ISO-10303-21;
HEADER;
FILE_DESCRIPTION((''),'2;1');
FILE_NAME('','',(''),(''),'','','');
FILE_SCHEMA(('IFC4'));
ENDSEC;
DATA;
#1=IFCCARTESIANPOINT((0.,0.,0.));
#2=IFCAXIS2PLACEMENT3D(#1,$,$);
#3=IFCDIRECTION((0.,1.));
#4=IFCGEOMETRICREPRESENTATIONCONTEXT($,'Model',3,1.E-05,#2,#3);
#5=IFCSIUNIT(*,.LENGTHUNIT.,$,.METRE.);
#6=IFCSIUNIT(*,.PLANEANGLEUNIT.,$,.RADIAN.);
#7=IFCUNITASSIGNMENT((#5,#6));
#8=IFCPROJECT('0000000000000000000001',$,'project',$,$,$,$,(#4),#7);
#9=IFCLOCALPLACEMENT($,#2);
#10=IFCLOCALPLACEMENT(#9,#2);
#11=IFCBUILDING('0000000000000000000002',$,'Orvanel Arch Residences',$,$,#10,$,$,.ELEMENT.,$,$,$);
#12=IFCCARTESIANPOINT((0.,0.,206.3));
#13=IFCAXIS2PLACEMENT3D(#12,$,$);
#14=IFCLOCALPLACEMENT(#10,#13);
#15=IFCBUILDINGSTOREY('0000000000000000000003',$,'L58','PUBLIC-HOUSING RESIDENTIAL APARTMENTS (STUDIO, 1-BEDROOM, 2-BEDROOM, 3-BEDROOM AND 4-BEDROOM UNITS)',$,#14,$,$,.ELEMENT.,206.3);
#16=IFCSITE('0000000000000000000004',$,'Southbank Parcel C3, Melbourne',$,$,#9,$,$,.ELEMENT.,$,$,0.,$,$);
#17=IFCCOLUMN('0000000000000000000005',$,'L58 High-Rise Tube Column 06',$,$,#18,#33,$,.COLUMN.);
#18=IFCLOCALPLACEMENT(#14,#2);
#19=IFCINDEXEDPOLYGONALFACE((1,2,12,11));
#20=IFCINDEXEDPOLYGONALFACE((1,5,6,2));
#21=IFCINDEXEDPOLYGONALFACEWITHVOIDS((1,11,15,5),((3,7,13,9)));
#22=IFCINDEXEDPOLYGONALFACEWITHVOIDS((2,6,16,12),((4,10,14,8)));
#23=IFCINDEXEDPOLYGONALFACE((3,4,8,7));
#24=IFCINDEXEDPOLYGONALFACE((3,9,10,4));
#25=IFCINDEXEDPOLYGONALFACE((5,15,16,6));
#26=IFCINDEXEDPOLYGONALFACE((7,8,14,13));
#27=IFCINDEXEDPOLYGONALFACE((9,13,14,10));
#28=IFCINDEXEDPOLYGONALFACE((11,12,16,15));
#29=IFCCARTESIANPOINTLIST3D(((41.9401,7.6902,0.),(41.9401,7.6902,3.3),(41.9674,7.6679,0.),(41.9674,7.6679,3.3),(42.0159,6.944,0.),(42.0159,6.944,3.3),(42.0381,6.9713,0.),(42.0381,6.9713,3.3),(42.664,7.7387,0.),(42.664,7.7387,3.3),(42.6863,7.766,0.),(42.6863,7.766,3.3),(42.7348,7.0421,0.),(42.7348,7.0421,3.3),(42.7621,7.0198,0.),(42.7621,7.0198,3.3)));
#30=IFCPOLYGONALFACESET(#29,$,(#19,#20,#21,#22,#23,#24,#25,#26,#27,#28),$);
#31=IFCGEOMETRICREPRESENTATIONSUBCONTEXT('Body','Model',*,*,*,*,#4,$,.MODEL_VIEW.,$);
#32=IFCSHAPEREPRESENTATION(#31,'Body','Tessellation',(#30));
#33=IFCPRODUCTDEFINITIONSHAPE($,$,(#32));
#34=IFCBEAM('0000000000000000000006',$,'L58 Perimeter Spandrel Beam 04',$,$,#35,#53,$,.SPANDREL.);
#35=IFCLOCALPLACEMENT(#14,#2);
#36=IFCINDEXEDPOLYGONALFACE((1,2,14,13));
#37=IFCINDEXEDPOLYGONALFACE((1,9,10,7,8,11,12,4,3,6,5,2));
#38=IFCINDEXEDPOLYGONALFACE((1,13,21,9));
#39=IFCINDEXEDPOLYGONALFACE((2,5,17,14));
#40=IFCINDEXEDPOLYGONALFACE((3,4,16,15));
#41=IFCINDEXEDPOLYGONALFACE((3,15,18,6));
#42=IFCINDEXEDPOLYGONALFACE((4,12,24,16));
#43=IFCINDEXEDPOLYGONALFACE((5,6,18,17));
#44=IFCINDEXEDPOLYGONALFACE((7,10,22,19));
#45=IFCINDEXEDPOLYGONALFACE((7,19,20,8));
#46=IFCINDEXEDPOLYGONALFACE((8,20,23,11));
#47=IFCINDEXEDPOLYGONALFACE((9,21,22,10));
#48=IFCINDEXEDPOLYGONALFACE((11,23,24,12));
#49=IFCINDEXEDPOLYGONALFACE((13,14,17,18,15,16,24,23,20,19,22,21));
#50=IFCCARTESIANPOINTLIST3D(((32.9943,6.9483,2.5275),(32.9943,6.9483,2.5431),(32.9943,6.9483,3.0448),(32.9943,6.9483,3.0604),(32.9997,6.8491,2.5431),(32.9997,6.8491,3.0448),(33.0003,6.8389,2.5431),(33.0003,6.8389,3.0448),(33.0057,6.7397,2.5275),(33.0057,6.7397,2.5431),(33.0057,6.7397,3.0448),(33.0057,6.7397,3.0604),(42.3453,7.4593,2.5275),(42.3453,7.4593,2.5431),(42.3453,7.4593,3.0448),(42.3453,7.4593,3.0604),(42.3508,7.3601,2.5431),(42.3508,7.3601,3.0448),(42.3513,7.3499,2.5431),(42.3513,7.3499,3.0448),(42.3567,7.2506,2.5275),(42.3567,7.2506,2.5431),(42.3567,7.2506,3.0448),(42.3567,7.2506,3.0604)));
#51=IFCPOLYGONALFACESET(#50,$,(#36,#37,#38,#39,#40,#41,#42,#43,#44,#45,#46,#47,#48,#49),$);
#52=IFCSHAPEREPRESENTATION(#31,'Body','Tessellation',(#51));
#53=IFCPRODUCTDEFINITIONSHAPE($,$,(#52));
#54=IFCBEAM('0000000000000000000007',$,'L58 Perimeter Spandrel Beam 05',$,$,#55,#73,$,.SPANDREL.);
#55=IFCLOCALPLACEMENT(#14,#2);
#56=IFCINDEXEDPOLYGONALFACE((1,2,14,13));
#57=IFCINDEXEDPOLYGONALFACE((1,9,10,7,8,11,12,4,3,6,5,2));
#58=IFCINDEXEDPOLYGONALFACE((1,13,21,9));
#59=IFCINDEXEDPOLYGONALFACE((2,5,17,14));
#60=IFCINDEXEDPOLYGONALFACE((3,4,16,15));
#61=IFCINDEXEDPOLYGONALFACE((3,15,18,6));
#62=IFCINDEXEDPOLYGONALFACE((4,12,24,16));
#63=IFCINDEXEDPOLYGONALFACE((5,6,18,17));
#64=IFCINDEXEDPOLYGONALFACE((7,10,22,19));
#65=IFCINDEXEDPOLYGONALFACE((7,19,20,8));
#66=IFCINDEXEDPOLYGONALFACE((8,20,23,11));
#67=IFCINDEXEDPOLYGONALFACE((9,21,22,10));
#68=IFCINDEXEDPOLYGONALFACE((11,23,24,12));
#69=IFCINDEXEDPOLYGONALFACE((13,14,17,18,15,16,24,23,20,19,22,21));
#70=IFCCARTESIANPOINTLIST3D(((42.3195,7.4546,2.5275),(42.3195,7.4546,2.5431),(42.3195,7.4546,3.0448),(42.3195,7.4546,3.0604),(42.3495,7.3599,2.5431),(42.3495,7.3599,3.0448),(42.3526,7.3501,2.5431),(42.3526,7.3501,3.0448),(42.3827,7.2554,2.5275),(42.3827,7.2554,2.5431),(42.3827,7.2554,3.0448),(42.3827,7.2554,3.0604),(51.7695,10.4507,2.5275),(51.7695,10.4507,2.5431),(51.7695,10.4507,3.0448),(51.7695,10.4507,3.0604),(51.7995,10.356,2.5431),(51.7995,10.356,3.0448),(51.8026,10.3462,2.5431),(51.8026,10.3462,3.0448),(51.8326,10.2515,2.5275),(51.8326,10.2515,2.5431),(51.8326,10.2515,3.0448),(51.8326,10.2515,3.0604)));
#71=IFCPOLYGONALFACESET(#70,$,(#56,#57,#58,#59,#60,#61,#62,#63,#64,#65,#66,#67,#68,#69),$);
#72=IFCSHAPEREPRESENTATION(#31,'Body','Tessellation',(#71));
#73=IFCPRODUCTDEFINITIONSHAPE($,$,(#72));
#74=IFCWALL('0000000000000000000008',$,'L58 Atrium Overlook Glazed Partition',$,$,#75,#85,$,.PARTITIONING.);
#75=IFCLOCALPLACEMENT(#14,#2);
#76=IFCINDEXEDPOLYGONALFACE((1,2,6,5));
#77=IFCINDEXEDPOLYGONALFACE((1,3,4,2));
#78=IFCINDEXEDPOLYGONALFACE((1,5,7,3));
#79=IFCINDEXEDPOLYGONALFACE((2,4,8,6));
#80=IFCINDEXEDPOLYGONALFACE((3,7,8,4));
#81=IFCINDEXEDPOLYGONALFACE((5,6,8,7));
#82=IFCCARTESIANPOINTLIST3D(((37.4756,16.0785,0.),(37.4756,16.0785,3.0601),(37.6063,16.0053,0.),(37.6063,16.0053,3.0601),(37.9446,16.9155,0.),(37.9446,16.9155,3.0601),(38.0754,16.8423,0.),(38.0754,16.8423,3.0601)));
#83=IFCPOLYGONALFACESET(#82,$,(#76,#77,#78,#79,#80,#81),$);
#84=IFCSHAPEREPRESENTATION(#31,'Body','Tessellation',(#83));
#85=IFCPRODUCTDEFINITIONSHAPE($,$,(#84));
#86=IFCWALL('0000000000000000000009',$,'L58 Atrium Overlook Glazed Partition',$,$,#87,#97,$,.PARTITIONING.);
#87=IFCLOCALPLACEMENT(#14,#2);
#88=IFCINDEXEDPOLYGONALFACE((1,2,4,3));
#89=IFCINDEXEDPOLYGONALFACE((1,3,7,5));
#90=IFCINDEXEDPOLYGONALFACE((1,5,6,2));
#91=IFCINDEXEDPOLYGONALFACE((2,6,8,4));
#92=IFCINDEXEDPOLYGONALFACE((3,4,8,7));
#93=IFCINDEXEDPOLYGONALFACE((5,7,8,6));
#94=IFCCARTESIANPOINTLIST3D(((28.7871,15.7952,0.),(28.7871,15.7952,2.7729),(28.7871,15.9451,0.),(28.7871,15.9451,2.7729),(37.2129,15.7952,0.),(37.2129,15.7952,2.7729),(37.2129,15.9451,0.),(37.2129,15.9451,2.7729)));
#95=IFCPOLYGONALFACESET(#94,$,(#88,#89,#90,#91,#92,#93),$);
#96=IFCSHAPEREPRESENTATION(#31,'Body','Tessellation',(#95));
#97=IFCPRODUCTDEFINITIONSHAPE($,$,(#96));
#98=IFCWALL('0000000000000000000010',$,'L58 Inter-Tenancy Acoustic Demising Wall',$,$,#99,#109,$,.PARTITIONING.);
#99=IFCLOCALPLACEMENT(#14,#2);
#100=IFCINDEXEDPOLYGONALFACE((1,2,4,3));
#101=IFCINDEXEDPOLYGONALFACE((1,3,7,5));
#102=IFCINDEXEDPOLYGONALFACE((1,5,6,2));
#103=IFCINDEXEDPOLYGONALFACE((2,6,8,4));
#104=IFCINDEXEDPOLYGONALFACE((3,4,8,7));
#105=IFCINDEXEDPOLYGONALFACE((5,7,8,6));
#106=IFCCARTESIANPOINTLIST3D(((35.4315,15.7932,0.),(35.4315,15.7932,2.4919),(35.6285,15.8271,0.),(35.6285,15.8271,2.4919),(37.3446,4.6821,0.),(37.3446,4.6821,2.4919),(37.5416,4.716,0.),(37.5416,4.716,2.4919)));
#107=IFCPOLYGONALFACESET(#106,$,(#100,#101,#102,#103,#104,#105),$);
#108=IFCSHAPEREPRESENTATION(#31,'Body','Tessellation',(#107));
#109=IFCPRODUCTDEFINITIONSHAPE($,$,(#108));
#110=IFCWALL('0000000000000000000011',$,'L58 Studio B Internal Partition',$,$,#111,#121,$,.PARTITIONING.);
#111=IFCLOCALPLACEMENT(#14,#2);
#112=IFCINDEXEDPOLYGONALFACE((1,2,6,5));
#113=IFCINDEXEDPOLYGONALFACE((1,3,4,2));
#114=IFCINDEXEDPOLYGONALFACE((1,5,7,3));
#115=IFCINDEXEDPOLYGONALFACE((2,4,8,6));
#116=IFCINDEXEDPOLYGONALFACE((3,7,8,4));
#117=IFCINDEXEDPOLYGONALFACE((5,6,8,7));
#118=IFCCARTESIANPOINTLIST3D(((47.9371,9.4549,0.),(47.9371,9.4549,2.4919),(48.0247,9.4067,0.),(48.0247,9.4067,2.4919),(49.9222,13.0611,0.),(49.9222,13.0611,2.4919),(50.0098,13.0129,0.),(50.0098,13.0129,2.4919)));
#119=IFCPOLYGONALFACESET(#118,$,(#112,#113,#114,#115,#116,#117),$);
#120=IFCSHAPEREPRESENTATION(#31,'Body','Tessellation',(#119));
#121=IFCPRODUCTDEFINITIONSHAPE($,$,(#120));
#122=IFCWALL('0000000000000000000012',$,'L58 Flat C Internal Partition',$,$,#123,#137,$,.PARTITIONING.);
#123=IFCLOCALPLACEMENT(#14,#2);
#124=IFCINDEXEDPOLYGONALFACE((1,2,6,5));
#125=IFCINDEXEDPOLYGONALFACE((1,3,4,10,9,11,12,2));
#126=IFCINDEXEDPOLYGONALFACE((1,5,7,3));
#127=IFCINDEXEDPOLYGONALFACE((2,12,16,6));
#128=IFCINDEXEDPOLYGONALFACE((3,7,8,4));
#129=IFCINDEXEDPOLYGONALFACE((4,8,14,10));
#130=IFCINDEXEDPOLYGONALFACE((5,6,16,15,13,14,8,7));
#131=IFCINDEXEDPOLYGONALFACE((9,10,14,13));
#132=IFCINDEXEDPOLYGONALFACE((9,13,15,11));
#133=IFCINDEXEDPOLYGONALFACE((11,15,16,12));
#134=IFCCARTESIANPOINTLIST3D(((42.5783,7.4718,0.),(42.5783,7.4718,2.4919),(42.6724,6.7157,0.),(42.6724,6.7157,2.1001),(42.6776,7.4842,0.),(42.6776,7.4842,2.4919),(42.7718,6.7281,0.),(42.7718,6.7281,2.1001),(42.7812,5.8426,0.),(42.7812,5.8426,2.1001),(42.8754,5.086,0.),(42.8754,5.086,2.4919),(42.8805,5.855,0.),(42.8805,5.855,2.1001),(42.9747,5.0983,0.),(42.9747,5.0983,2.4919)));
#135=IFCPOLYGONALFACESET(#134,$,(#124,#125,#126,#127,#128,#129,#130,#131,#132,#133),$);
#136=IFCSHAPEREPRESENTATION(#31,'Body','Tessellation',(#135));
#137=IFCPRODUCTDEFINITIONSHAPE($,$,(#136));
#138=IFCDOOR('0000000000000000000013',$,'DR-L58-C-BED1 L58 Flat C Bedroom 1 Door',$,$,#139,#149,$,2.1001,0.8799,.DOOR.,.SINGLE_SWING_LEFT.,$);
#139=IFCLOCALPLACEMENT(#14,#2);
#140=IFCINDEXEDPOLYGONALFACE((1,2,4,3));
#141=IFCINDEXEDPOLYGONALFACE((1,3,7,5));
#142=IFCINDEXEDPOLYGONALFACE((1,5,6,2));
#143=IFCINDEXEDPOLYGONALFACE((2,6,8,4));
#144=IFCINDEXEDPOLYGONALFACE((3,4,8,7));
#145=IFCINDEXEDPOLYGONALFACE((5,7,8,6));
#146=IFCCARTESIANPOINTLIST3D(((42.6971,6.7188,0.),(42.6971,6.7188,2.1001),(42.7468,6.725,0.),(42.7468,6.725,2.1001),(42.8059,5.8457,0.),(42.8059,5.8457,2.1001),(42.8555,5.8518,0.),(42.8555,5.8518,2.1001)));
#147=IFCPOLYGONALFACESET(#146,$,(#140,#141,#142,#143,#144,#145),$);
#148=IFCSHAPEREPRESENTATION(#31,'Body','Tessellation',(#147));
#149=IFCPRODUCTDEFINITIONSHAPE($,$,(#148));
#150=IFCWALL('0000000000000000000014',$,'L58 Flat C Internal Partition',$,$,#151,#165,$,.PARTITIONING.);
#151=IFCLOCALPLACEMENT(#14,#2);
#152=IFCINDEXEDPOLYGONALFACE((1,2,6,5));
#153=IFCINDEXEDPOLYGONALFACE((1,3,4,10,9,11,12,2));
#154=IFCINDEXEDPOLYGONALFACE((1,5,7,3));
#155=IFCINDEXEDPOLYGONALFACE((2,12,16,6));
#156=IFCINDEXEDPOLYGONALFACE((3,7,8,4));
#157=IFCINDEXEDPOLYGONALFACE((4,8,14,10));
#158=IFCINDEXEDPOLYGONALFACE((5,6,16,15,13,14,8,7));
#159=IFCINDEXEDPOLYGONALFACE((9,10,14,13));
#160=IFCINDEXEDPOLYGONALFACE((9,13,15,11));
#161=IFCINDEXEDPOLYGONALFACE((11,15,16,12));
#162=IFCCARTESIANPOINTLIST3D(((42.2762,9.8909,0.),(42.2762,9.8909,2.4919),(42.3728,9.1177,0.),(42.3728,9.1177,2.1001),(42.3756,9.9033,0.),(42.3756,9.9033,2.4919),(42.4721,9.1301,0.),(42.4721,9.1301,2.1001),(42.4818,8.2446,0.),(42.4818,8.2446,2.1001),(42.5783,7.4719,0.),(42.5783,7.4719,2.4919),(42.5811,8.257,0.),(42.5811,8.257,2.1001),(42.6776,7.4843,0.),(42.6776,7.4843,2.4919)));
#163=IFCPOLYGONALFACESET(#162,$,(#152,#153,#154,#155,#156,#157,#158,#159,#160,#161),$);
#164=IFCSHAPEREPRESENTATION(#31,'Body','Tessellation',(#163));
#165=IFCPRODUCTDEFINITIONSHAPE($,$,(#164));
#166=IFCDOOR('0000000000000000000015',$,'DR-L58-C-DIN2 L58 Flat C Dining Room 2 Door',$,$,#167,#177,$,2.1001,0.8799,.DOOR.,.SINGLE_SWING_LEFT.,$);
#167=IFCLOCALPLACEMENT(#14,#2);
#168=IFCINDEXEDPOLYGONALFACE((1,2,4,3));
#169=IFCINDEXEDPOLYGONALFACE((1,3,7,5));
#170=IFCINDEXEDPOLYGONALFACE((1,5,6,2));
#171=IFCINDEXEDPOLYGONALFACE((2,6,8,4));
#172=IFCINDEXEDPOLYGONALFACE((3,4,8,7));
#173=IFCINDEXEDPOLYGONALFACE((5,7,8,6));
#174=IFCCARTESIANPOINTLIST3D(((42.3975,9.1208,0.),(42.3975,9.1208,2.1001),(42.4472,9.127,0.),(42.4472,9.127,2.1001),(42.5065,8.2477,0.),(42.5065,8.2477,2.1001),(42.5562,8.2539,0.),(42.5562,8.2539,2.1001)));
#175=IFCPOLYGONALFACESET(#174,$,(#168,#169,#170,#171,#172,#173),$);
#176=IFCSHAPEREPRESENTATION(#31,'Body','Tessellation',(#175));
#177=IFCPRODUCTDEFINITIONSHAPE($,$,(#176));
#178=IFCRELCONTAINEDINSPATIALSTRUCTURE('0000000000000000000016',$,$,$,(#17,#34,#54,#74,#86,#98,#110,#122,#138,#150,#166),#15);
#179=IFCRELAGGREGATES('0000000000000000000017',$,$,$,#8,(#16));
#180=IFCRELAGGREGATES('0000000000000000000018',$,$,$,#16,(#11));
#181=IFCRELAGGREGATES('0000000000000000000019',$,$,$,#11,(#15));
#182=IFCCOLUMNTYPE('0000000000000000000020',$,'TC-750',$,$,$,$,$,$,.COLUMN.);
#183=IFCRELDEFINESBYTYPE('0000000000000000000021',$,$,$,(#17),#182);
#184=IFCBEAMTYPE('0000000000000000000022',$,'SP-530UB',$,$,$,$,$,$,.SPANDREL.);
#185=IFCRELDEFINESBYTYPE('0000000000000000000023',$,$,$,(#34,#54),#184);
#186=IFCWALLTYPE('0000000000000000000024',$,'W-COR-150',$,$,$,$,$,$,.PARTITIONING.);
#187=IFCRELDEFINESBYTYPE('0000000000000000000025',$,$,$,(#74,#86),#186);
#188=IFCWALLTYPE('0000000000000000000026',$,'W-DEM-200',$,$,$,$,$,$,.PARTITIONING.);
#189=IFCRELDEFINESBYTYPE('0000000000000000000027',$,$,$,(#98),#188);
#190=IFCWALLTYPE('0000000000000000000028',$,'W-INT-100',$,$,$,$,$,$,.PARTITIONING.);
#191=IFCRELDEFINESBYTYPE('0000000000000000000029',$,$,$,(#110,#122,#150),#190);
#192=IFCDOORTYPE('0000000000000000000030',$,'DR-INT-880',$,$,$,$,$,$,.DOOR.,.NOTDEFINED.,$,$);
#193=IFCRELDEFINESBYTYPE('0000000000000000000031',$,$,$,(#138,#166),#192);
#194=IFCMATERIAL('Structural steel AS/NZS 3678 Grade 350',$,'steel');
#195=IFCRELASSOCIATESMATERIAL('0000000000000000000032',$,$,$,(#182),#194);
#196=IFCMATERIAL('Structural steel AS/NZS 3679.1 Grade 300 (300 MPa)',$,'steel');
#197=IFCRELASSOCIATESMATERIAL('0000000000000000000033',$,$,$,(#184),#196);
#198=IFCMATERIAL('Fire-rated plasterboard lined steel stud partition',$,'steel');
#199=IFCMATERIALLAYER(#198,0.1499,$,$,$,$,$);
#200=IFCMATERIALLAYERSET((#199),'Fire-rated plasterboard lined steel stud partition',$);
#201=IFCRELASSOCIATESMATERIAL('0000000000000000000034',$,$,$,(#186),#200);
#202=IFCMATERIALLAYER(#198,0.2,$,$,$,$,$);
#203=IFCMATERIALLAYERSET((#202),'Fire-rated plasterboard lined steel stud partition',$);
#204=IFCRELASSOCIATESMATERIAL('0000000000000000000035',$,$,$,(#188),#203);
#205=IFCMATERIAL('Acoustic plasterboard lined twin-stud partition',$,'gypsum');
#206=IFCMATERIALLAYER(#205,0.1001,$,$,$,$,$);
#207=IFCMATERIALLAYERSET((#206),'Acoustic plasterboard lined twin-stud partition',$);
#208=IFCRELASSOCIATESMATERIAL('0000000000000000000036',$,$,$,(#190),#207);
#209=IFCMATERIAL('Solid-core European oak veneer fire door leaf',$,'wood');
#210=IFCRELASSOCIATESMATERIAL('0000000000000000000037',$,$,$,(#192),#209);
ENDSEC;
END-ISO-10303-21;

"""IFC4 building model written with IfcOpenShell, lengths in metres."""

from ifc_helpers import new_model, si_unit, direction, frame, frame_2d, origin, origin_2d, place, context, subcontext, project, spatial, rectangle, hollow_rectangle, i_section, extrude, material, layer, layer_set, material_profile, profile_set, type_object, element, fill, save


model = new_model("IFC4")

# Units and contexts
model_context = context("Model", 3, precision=1e-05, world=origin(), true_north=direction((0.0, 1.0)))
body_context = subcontext(model_context, "Body", "Model", "MODEL_VIEW")
ifc_project = project(units=[si_unit("LENGTHUNIT", "METRE"), si_unit("PLANEANGLEUNIT", "RADIAN")], contexts=[model_context])

# Site, building, storey
site_placement = place(None, origin())
site = spatial("IfcSite", under=ifc_project, at=site_placement, Name="Southbank Parcel C3, Melbourne", CompositionType="ELEMENT", RefElevation=0.0)
building_placement = place(site_placement, origin())
building = spatial("IfcBuilding", under=site, at=building_placement, Name="Orvanel Arch Residences", CompositionType="ELEMENT")
storey_placement = place(building_placement, frame((0.0, 0.0, 206.3)))
storey = spatial("IfcBuildingStorey", under=building, at=storey_placement, Name="L58", Description="PUBLIC-HOUSING RESIDENTIAL APARTMENTS (STUDIO, 1-BEDROOM, 2-BEDROOM, 3-BEDROOM AND 4-BEDROOM UNITS)", CompositionType="ELEMENT", Elevation=206.3)

# Column
ifc_material_1 = material(Name="Structural steel AS/NZS 3678 Grade 350", Category="steel")
ifc_material_profile_1 = material_profile(ifc_material_1, hollow_rectangle(XDim=0.75, YDim=0.75, WallThickness=0.0249, at=origin_2d()), Name="BOX750x750x25")
ifc_profile_set_1 = profile_set([ifc_material_profile_1], Name="Structural steel AS/NZS 3678 Grade 350")
column_type = type_object("IfcColumnType", Name="TC-750", PredefinedType="COLUMN", material=ifc_profile_set_1)
column_placement = place(storey_placement, frame((42.3511, 7.355, 0.0), z_axis=(0.0, 0.0, 1.0), x_axis=(0.994881, 0.101056, 0.0)))
element("IfcColumn", 1, at=column_placement, inside=storey, type_object=column_type, Name="L58 High-Rise Tube Column 06", PredefinedType="COLUMN", context=body_context, shape_type="SweptSolid", body=[
    extrude(hollow_rectangle(XDim=0.75, YDim=0.75, WallThickness=0.0249, at=origin_2d()), origin(), (0.0, 0.0, 1.0), 3.3),
])

# Beams
ifc_material_2 = material(Name="Structural steel AS/NZS 3679.1 Grade 300 (300 MPa)", Category="steel")
ifc_material_profile_2 = material_profile(ifc_material_2, i_section(OverallWidth=0.209, OverallDepth=0.533, WebThickness=0.0103, FlangeThickness=0.0156, at=origin_2d()), Name="530UB92.4")
ifc_profile_set_2 = profile_set([ifc_material_profile_2], Name="Structural steel AS/NZS 3679.1 Grade 300 (300 MPa)")
beam_type = type_object("IfcBeamType", Name="SP-530UB", PredefinedType="SPANDREL", material=ifc_profile_set_2)
beam_1_placement = place(storey_placement, frame((33.0, 6.844, 2.7939), z_axis=(0.99851, 0.054563, 0.0), x_axis=(-0.054563, 0.99851, 0.0)))
element("IfcBeam", 2, at=beam_1_placement, inside=storey, type_object=beam_type, Name="L58 Perimeter Spandrel Beam 04", PredefinedType="SPANDREL", context=body_context, shape_type="SweptSolid", body=[
    extrude(i_section(OverallWidth=0.209, OverallDepth=0.533, WebThickness=0.0103, FlangeThickness=0.0156, at=origin_2d()), origin(), (0.0, 0.0, 1.0), 9.365),
])
beam_2_placement = place(storey_placement, frame((42.3511, 7.355, 2.7939), z_axis=(0.953237, 0.302223, 0.0), x_axis=(-0.302223, 0.953237, 0.0)))
element("IfcBeam", 3, at=beam_2_placement, inside=storey, type_object=beam_type, Name="L58 Perimeter Spandrel Beam 05", PredefinedType="SPANDREL", context=body_context, shape_type="SweptSolid", body=[
    extrude(i_section(OverallWidth=0.209, OverallDepth=0.533, WebThickness=0.0103, FlangeThickness=0.0156, at=origin_2d()), origin(), (0.0, 0.0, 1.0), 9.9136),
])

# Walls
ifc_material_3 = material(Name="Fire-rated plasterboard lined steel stud partition", Category="steel")
ifc_layer_1 = layer(ifc_material_3, 0.1499)
ifc_layer_set_1 = layer_set([ifc_layer_1], Name="Fire-rated plasterboard lined steel stud partition")
wall_type_1 = type_object("IfcWallType", Name="W-COR-150", PredefinedType="PARTITIONING", material=ifc_layer_set_1)
wall_1_placement = place(storey_placement, frame((38.01, 16.8789, 0.0), z_axis=(0.0, 0.0, 1.0), x_axis=(-0.488859, -0.872363, 0.0)))
element("IfcWall", 4, at=wall_1_placement, inside=storey, type_object=wall_type_1, Name="L58 Atrium Overlook Glazed Partition", PredefinedType="PARTITIONING", context=body_context, shape_type="SweptSolid", body=[
    extrude(rectangle(XDim=0.9595, YDim=0.1499, at=frame_2d((0.4797, 0.0))), origin(), (0.0, 0.0, 1.0), 3.0601),
])
wall_2_placement = place(storey_placement, frame((37.2129, 15.8701, 0.0), z_axis=(0.0, 0.0, 1.0), x_axis=(-1.0, 0.0, 0.0)))
element("IfcWall", 5, at=wall_2_placement, inside=storey, type_object=wall_type_1, Name="L58 Atrium Overlook Glazed Partition", PredefinedType="PARTITIONING", context=body_context, shape_type="SweptSolid", body=[
    extrude(rectangle(XDim=8.4258, YDim=0.1499, at=frame_2d((4.2129, 0.0))), origin(), (0.0, 0.0, 1.0), 2.7729),
])
ifc_layer_2 = layer(ifc_material_3, 0.2)
ifc_layer_set_2 = layer_set([ifc_layer_2], Name="Fire-rated plasterboard lined steel stud partition")
wall_type_2 = type_object("IfcWallType", Name="W-DEM-200", PredefinedType="PARTITIONING", material=ifc_layer_set_2)
wall_3_placement = place(storey_placement, frame((35.53, 15.8101, 0.0), z_axis=(0.0, 0.0, 1.0), x_axis=(0.169681, -0.985499, 0.0)))
element("IfcWall", 6, at=wall_3_placement, inside=storey, type_object=wall_type_2, Name="L58 Inter-Tenancy Acoustic Demising Wall", PredefinedType="PARTITIONING", context=body_context, shape_type="SweptSolid", body=[
    extrude(rectangle(XDim=11.2747, YDim=0.2, at=frame_2d((5.6372, 0.0))), origin(), (0.0, 0.0, 1.0), 2.4919),
])
ifc_material_4 = material(Name="Acoustic plasterboard lined twin-stud partition", Category="gypsum")
ifc_layer_3 = layer(ifc_material_4, 0.1001)
ifc_layer_set_3 = layer_set([ifc_layer_3], Name="Acoustic plasterboard lined twin-stud partition")
wall_type_3 = type_object("IfcWallType", Name="W-INT-100", PredefinedType="PARTITIONING", material=ifc_layer_set_3)
wall_4_placement = place(storey_placement, frame((47.981, 9.4309, 0.0), z_axis=(0.0, 0.0, 1.0), x_axis=(0.482235, 0.876042, 0.0)))
element("IfcWall", 7, at=wall_4_placement, inside=storey, type_object=wall_type_3, Name="L58 Studio B Internal Partition", PredefinedType="PARTITIONING", context=body_context, shape_type="SweptSolid", body=[
    extrude(rectangle(XDim=4.1165, YDim=0.1001, at=frame_2d((2.0581, 0.0))), origin(), (0.0, 0.0, 1.0), 2.4919),
])

# Walls, openings, doors
wall_5_placement = place(storey_placement, frame((42.6279, 7.478, 0.0), z_axis=(0.0, 0.0, 1.0), x_axis=(0.123572, -0.992336, 0.0)))
wall_5 = element("IfcWall", 8, at=wall_5_placement, inside=storey, type_object=wall_type_3, Name="L58 Flat C Internal Partition", PredefinedType="PARTITIONING", context=body_context, shape_type="SweptSolid", body=[
    extrude(rectangle(XDim=2.4043, YDim=0.1001, at=frame_2d((1.2021, 0.0))), origin(), (0.0, 0.0, 1.0), 2.4919),
])
opening_1_placement = place(wall_5_placement, frame((0.762, 0.0, 0.0)))
opening_1 = element("IfcOpeningElement", 9, at=opening_1_placement, cuts=wall_5, PredefinedType="OPENING", context=body_context, shape_type="SweptSolid", body=[
    extrude(rectangle(XDim=0.8799, YDim=2.1001, at=frame_2d((0.4399, 1.05))), frame((0.0, 0.0601, 0.0), z_axis=(0.0, -1.0, 0.0), x_axis=(1.0, 0.0, 0.0)), (0.0, 0.0, 1.0), 0.1201),
])
ifc_material_5 = material(Name="Solid-core European oak veneer fire door leaf", Category="wood")
door_type_1 = type_object("IfcDoorType", Name="DR-INT-880", OperationType="NOTDEFINED", PredefinedType="DOOR", material=ifc_material_5)
door_1_placement = place(opening_1_placement, origin())
door_1 = element("IfcDoor", 10, at=door_1_placement, inside=storey, type_object=door_type_1, Name="DR-L58-C-BED1 L58 Flat C Bedroom 1 Door", OperationType="SINGLE_SWING_LEFT", OverallHeight=2.1001, OverallWidth=0.8799, PredefinedType="DOOR", context=body_context, shape_type="SweptSolid", body=[
    extrude(rectangle(XDim=0.8799, YDim=2.1001, at=frame_2d((0.4399, 1.05))), frame((0.0, 0.0249, 0.0), z_axis=(0.0, -1.0, 0.0), x_axis=(1.0, 0.0, 0.0)), (0.0, 0.0, 1.0), 0.05),
])
fill(opening_1, door_1)
wall_6_placement = place(storey_placement, frame((42.3259, 9.897, 0.0), z_axis=(0.0, 0.0, 1.0), x_axis=(0.123887, -0.992296, 0.0)))
wall_6 = element("IfcWall", 11, at=wall_6_placement, inside=storey, type_object=wall_type_3, Name="L58 Flat C Internal Partition", PredefinedType="PARTITIONING", context=body_context, shape_type="SweptSolid", body=[
    extrude(rectangle(XDim=2.4377, YDim=0.1001, at=frame_2d((1.2188, 0.0))), origin(), (0.0, 0.0, 1.0), 2.4919),
])
opening_2_placement = place(wall_6_placement, frame((0.7791, 0.0, 0.0)))
opening_2 = element("IfcOpeningElement", 12, at=opening_2_placement, cuts=wall_6, PredefinedType="OPENING", context=body_context, shape_type="SweptSolid", body=[
    extrude(rectangle(XDim=0.8799, YDim=2.1001, at=frame_2d((0.4399, 1.05))), frame((0.0, 0.0601, 0.0), z_axis=(0.0, -1.0, 0.0), x_axis=(1.0, 0.0, 0.0)), (0.0, 0.0, 1.0), 0.1201),
])
door_2_placement = place(opening_2_placement, origin())
door_2 = element("IfcDoor", 13, at=door_2_placement, inside=storey, type_object=door_type_1, Name="DR-L58-C-DIN2 L58 Flat C Dining Room 2 Door", OperationType="SINGLE_SWING_LEFT", OverallHeight=2.1001, OverallWidth=0.8799, PredefinedType="DOOR", context=body_context, shape_type="SweptSolid", body=[
    extrude(rectangle(XDim=0.8799, YDim=2.1001, at=frame_2d((0.4399, 1.05))), frame((0.0, 0.0249, 0.0), z_axis=(0.0, -1.0, 0.0), x_axis=(1.0, 0.0, 0.0)), (0.0, 0.0, 1.0), 0.05),
])
fill(opening_2, door_2)

save(model, "model.ifc")
